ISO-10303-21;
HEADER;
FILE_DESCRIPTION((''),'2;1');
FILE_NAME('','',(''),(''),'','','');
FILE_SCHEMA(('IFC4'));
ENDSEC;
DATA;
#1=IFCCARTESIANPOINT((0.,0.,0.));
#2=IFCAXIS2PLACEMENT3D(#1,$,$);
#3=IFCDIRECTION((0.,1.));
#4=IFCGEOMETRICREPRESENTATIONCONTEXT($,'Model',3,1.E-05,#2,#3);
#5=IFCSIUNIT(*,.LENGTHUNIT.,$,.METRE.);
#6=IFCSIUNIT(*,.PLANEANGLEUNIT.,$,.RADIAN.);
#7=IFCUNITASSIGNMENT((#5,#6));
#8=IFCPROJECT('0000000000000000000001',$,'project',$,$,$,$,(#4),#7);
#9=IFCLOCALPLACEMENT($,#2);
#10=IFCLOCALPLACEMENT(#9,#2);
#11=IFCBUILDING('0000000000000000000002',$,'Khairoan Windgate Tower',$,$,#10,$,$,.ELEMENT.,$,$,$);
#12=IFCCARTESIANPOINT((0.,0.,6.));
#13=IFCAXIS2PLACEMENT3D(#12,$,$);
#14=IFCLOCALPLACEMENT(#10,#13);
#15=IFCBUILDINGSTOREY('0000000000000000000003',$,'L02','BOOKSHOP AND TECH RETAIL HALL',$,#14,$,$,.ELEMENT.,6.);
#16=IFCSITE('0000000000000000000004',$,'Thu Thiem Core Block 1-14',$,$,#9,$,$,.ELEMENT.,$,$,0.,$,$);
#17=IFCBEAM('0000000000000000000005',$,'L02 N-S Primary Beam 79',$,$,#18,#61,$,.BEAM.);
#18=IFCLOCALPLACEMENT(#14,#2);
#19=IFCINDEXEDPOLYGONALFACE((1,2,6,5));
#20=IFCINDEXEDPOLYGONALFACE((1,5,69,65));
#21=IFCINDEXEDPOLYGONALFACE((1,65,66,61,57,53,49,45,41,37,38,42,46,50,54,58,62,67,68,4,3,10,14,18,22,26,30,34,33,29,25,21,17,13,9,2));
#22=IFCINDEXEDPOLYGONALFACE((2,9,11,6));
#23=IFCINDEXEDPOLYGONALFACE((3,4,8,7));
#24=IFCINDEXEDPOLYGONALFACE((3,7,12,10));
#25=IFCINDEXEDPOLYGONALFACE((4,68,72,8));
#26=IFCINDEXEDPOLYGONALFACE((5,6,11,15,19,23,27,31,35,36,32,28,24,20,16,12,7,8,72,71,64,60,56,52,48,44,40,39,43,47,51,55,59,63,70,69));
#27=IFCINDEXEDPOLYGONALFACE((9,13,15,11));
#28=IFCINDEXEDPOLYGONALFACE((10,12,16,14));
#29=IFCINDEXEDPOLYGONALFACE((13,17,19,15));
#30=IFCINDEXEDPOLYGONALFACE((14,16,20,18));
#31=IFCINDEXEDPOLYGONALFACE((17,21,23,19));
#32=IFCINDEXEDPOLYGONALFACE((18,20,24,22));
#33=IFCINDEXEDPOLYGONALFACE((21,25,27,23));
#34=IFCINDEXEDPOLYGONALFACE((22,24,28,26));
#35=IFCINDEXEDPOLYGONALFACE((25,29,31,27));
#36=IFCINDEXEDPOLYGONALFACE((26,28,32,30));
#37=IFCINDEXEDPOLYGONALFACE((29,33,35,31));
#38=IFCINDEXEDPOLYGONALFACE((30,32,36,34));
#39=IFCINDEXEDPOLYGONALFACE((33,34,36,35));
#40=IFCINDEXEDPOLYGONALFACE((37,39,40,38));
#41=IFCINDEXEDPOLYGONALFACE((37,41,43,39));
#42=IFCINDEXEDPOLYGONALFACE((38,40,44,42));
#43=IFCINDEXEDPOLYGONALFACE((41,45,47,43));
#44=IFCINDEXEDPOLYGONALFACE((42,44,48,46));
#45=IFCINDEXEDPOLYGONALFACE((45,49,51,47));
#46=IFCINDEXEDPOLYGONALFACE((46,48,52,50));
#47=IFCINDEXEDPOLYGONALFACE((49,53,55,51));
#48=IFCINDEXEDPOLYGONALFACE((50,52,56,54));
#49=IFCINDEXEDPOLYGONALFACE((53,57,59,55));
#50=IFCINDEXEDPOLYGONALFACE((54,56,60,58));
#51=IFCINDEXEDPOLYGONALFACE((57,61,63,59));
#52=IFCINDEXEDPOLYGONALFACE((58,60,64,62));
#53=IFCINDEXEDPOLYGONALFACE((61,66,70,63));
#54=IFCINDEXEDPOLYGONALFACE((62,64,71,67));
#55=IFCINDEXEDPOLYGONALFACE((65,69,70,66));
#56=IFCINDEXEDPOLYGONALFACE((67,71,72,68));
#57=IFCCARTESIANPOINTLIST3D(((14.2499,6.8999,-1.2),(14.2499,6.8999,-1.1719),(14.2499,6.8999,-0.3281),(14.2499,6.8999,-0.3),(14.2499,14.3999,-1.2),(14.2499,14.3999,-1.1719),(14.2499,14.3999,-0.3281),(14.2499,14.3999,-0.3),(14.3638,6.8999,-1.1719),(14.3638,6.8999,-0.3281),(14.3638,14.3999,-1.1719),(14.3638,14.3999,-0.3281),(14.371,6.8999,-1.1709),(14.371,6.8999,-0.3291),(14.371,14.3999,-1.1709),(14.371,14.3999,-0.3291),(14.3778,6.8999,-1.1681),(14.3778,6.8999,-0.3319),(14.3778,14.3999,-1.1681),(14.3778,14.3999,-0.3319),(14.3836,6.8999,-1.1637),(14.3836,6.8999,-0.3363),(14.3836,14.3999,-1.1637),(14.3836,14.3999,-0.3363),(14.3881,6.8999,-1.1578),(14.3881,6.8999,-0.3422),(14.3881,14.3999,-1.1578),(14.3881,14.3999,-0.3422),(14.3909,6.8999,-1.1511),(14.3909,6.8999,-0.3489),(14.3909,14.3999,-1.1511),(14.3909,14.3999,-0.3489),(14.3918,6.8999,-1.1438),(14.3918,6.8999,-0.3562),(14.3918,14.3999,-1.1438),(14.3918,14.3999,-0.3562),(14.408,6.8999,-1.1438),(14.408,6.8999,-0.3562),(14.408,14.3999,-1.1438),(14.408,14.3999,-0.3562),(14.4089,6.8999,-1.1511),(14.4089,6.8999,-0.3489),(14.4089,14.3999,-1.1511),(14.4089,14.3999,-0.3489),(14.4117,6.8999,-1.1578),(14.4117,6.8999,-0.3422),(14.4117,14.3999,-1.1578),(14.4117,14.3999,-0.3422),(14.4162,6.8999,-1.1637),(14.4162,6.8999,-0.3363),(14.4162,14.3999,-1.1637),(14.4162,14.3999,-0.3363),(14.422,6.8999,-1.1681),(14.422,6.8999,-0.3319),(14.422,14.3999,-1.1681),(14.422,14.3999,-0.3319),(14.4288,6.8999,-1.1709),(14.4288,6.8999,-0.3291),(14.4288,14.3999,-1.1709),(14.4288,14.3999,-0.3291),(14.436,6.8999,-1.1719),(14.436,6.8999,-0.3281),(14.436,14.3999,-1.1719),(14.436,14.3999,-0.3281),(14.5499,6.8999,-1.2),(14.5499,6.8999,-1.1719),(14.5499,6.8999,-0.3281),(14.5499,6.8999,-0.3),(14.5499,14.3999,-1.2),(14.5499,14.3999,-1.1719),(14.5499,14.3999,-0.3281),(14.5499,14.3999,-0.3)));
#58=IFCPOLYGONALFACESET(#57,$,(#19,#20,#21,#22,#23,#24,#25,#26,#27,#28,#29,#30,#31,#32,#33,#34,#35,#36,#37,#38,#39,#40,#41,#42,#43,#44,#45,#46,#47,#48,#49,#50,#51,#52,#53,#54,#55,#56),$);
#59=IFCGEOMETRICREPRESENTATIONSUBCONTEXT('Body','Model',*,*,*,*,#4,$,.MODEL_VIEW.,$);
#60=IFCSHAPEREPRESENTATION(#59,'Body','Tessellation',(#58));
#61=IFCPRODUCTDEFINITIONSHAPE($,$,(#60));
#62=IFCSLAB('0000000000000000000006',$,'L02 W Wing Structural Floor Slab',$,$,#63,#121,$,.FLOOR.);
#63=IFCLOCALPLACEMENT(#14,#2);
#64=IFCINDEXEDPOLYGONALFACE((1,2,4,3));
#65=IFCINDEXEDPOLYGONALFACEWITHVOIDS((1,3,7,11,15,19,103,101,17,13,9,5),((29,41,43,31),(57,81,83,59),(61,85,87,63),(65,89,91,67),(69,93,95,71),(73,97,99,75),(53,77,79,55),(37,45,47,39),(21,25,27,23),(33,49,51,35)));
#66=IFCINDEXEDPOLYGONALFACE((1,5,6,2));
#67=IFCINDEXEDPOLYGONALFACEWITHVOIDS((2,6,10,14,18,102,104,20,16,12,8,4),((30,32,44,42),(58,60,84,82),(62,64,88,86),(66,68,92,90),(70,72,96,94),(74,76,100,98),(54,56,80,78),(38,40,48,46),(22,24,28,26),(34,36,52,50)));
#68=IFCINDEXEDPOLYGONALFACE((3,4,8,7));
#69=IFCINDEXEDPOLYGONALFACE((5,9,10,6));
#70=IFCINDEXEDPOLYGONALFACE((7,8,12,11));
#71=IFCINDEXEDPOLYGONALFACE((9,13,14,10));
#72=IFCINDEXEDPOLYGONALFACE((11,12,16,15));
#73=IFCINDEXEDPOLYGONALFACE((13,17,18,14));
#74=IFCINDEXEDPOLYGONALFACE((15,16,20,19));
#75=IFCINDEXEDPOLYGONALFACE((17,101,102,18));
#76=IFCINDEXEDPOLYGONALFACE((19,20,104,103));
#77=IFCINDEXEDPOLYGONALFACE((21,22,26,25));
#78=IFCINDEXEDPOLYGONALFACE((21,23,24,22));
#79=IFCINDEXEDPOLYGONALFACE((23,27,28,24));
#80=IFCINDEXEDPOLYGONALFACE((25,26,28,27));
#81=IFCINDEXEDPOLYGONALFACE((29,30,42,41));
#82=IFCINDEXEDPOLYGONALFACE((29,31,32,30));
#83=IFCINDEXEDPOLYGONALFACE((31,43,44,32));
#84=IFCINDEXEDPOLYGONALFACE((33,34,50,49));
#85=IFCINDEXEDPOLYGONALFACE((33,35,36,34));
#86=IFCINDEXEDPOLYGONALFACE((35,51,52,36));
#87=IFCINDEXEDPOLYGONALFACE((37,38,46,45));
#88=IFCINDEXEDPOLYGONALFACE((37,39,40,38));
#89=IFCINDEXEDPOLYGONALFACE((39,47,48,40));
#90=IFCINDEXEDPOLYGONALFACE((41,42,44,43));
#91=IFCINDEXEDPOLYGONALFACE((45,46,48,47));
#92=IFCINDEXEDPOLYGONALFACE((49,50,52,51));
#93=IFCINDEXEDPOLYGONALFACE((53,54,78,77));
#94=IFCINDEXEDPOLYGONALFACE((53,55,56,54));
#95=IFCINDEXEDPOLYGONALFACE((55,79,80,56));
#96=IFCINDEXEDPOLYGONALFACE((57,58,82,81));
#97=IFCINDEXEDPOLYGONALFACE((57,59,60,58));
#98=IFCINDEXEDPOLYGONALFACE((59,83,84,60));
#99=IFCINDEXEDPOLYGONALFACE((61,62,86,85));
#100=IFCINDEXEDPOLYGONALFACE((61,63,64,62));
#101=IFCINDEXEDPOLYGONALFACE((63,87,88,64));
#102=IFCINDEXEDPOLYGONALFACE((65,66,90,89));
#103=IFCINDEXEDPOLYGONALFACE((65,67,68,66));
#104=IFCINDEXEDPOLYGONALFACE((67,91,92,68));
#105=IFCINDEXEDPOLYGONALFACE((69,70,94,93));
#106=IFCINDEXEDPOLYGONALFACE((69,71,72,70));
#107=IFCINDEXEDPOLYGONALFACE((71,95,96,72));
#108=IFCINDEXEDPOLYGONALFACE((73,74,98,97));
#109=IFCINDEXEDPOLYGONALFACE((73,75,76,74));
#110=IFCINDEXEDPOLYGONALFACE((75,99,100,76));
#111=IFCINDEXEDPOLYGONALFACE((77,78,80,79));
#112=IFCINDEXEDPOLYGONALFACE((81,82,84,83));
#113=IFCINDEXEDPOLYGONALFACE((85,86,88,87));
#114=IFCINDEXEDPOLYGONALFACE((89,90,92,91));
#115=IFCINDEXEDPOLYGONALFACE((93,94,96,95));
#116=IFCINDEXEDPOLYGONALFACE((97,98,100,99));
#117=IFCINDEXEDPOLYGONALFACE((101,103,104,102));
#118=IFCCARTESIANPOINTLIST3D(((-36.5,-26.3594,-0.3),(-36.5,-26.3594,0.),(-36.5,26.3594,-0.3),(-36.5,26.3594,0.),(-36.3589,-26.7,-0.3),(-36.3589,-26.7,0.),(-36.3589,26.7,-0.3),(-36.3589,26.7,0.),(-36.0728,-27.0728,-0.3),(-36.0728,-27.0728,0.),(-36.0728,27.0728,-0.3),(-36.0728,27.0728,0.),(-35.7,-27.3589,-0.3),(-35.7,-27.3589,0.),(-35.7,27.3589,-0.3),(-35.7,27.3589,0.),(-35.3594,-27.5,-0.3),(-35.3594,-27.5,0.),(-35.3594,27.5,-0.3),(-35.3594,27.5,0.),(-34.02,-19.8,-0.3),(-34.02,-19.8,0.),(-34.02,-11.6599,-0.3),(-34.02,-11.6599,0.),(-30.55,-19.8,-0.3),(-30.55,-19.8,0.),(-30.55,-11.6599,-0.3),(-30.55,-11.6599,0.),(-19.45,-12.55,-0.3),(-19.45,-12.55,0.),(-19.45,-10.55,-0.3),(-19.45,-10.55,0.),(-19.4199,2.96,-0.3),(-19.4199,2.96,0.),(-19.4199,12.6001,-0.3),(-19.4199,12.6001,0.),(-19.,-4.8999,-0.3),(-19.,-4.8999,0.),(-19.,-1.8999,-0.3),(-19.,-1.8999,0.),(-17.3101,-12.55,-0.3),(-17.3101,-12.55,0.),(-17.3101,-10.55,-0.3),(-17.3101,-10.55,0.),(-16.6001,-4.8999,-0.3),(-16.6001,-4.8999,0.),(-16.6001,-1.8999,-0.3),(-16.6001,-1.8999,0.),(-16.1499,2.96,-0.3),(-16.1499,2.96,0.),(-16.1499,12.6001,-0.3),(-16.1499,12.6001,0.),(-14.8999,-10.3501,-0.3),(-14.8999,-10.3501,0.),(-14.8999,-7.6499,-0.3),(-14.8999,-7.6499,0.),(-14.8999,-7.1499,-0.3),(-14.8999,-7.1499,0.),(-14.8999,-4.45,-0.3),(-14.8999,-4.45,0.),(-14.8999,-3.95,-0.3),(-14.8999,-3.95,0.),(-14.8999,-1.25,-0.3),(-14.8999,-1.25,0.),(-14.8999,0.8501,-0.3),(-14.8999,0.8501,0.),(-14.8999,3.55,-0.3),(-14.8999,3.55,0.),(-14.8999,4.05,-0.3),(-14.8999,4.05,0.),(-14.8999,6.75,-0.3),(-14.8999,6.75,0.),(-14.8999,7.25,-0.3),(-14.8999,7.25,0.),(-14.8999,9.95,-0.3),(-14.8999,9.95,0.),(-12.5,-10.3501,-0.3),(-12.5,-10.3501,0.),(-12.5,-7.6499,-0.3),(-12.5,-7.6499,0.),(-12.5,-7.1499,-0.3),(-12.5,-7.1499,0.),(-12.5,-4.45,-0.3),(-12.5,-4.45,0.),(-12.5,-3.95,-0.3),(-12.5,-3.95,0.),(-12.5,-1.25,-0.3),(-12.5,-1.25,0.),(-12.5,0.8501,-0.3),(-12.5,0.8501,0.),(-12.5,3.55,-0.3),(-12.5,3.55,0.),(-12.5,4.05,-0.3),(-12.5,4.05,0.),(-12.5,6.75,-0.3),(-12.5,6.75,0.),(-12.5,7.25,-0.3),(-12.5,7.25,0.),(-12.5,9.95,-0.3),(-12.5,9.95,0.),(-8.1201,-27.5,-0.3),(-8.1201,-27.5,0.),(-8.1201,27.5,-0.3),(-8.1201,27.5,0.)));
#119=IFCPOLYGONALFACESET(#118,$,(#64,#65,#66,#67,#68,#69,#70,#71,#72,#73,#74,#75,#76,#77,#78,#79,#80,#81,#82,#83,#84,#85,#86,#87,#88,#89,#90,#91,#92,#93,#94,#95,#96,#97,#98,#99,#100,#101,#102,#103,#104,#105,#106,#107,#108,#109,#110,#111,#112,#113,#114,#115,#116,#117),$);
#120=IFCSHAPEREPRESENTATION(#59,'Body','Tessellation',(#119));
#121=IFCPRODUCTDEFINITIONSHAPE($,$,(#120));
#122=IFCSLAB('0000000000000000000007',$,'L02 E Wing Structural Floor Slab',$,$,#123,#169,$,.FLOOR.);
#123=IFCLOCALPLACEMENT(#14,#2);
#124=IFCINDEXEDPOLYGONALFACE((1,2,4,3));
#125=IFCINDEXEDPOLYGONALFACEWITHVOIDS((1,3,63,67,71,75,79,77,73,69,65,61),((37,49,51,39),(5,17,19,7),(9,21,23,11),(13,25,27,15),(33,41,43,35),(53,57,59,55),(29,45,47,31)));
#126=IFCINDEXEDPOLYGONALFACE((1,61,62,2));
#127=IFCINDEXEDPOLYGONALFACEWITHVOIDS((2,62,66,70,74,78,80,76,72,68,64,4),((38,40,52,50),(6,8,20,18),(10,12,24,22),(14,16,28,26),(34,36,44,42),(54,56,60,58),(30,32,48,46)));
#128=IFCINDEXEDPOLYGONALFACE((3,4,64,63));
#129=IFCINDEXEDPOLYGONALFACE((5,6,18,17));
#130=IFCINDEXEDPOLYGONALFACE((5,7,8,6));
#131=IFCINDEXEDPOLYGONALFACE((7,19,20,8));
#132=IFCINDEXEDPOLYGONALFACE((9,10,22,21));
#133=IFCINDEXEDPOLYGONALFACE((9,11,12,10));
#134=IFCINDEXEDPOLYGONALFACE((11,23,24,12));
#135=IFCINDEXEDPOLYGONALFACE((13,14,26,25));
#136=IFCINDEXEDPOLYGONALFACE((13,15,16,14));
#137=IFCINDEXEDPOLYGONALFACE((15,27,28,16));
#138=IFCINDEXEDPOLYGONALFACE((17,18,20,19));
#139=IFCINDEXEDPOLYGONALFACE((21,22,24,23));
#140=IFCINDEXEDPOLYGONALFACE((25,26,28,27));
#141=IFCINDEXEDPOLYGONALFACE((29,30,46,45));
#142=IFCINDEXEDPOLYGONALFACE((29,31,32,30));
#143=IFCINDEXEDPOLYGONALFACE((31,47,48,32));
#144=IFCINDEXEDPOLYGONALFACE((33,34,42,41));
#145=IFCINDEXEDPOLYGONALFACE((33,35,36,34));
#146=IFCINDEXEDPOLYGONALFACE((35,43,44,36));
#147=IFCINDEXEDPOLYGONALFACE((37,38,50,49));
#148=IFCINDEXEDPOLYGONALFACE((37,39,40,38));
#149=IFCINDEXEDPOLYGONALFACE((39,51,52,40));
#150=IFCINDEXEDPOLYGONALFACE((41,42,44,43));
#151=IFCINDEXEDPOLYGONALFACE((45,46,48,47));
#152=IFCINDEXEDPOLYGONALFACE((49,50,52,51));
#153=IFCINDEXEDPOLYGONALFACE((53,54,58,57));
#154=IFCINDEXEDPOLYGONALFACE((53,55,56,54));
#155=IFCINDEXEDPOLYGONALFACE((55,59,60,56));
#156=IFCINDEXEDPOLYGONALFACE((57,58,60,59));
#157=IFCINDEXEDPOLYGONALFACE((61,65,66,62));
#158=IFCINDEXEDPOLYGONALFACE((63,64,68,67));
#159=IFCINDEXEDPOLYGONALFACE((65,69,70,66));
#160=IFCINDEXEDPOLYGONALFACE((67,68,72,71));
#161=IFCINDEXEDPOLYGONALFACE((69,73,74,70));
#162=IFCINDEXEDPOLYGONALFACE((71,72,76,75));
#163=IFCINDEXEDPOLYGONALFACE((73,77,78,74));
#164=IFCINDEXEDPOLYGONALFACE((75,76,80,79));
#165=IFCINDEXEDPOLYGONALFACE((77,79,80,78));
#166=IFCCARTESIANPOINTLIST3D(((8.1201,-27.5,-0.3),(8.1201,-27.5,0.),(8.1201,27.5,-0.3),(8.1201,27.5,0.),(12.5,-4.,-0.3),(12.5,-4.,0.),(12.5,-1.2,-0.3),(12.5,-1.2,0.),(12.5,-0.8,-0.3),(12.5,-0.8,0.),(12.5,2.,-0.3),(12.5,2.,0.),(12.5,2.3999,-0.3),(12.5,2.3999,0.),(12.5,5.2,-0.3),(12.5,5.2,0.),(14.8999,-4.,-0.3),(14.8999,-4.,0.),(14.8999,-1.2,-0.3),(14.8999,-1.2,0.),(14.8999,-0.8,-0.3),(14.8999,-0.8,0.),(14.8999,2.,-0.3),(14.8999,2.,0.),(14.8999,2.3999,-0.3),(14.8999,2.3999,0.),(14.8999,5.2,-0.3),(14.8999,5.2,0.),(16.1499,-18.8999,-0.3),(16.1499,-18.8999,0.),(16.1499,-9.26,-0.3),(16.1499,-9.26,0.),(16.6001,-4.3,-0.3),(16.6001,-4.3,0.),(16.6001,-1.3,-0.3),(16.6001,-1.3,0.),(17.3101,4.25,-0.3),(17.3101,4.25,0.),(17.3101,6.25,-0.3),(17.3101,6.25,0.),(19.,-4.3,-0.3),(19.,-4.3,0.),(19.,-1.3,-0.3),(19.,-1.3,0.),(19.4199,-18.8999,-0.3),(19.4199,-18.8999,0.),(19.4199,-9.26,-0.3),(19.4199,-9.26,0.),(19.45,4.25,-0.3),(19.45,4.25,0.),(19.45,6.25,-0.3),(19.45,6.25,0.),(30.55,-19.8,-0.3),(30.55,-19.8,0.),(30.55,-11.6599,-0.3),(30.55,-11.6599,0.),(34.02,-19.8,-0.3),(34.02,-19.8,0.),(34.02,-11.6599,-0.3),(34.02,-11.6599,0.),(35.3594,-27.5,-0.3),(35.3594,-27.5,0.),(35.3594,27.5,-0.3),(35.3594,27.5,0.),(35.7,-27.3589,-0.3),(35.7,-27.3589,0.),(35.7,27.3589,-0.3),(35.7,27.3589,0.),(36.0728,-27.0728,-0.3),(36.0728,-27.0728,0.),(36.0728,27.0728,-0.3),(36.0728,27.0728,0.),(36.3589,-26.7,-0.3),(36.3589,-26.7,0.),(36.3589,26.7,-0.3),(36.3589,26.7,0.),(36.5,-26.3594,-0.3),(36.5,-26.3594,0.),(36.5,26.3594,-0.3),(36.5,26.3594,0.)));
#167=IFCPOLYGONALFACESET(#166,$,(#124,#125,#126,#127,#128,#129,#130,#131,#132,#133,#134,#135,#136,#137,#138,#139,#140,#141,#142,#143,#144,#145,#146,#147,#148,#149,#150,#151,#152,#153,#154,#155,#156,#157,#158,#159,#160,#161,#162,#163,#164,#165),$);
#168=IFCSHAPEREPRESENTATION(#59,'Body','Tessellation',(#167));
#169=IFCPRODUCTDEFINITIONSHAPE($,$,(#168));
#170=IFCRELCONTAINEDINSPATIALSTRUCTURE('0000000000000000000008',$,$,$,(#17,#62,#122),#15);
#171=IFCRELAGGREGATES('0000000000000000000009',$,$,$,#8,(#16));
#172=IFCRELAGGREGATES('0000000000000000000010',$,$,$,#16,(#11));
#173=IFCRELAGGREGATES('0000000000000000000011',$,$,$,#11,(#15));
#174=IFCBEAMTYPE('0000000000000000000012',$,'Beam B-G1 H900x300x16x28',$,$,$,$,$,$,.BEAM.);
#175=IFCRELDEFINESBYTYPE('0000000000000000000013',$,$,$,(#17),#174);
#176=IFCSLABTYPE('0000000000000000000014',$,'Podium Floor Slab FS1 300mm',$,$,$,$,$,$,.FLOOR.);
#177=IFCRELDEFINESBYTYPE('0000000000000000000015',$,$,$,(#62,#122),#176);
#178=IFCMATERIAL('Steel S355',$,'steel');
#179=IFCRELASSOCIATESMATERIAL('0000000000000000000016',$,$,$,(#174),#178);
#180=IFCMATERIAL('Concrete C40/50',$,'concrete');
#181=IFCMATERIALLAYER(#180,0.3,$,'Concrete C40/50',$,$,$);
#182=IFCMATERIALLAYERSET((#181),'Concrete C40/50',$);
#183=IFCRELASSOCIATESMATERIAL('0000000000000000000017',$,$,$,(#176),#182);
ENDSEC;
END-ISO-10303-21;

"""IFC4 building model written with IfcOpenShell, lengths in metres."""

from ifc_helpers import new_model, si_unit, direction, frame, origin, origin_2d, place, context, subcontext, project, spatial, polyline, i_section, outline, extrude, material, layer, layer_set, material_profile, profile_set, type_object, element, save


model = new_model("IFC4")

# Units and contexts
model_context = context("Model", 3, precision=1e-05, world=origin(), true_north=direction((0.0, 1.0)))
body_context = subcontext(model_context, "Body", "Model", "MODEL_VIEW")
ifc_project = project(units=[si_unit("LENGTHUNIT", "METRE"), si_unit("PLANEANGLEUNIT", "RADIAN")], contexts=[model_context])

# Site, building, storey
site_placement = place(None, origin())
site = spatial("IfcSite", under=ifc_project, at=site_placement, Name="Thu Thiem Core Block 1-14", CompositionType="ELEMENT", RefElevation=0.0)
building_placement = place(site_placement, origin())
building = spatial("IfcBuilding", under=site, at=building_placement, Name="Khairoan Windgate Tower", CompositionType="ELEMENT")
storey_placement = place(building_placement, frame((0.0, 0.0, 6.0)))
storey = spatial("IfcBuildingStorey", under=building, at=storey_placement, Name="L02", Description="BOOKSHOP AND TECH RETAIL HALL", CompositionType="ELEMENT", Elevation=6.0)

# Beam
ifc_material_1 = material(Name="Steel S355", Category="steel")
ifc_material_profile_1 = material_profile(ifc_material_1, i_section(OverallWidth=0.3, OverallDepth=0.8999, WebThickness=0.0161, FlangeThickness=0.0281, FilletRadius=0.0281, at=origin_2d()))
ifc_profile_set_1 = profile_set([ifc_material_profile_1], Name="Steel S355")
beam_type = type_object("IfcBeamType", Name="Beam B-G1 H900x300x16x28", PredefinedType="BEAM", material=ifc_profile_set_1)
beam_1_placement = place(storey_placement, frame((14.3999, 6.8999, -0.75), z_axis=(0.0, 1.0, 0.0), x_axis=(-1.0, 0.0, 0.0)))
element("IfcBeam", 1, at=beam_1_placement, inside=storey, type_object=beam_type, Name="L02 N-S Primary Beam 79", PredefinedType="BEAM", context=body_context, shape_type="SweptSolid", body=[
    extrude(i_section(OverallWidth=0.3, OverallDepth=0.8999, WebThickness=0.0161, FlangeThickness=0.0281, FilletRadius=0.0281, at=origin_2d()), origin(), (0.0, 0.0, 1.0), 7.5),
])

# Slabs
ifc_material_2 = material(Name="Concrete C40/50", Category="concrete")
ifc_layer_1 = layer(ifc_material_2, 0.3, Name="Concrete C40/50")
ifc_layer_set_1 = layer_set([ifc_layer_1], Name="Concrete C40/50")
slab_type_1 = type_object("IfcSlabType", Name="Podium Floor Slab FS1 300mm", PredefinedType="FLOOR", material=ifc_layer_set_1)
slab_1_placement = place(storey_placement, frame((0.0, 0.0, -0.3)))
element("IfcSlab", 2, at=slab_1_placement, inside=storey, type_object=slab_type_1, Name="L02 W Wing Structural Floor Slab", PredefinedType="FLOOR", context=body_context, shape_type="SweptSolid", body=[
    extrude(outline(polyline([(-36.3589, 26.7), (-36.0728, 27.0728), (-35.7, 27.3589), (-35.3594, 27.5), (-8.1201, 27.5), (-8.1201, -27.5), (-35.3594, -27.5), (-35.7, -27.3589), (-36.0728, -27.0728), (-36.3589, -26.7), (-36.5, -26.3594), (-36.5, 26.3594), (-36.3589, 26.7)]), holes=[polyline([(-16.1499, 2.96), (-16.1499, 12.6001), (-19.4199, 12.6001), (-19.4199, 2.96), (-16.1499, 2.96)]), polyline([(-34.02, -11.6599), (-34.02, -19.8), (-30.55, -19.8), (-30.55, -11.6599), (-34.02, -11.6599)]), polyline([(-14.8999, 7.25), (-12.5, 7.25), (-12.5, 9.95), (-14.8999, 9.95), (-14.8999, 7.25)]), polyline([(-14.8999, 4.05), (-12.5, 4.05), (-12.5, 6.75), (-14.8999, 6.75), (-14.8999, 4.05)]), polyline([(-14.8999, 0.8501), (-12.5, 0.8501), (-12.5, 3.55), (-14.8999, 3.55), (-14.8999, 0.8501)]), polyline([(-14.8999, -3.95), (-12.5, -3.95), (-12.5, -1.25), (-14.8999, -1.25), (-14.8999, -3.95)]), polyline([(-14.8999, -7.1499), (-12.5, -7.1499), (-12.5, -4.45), (-14.8999, -4.45), (-14.8999, -7.1499)]), polyline([(-14.8999, -10.3501), (-12.5, -10.3501), (-12.5, -7.6499), (-14.8999, -7.6499), (-14.8999, -10.3501)]), polyline([(-19.0, -4.8999), (-16.6001, -4.8999), (-16.6001, -1.8999), (-19.0, -1.8999), (-19.0, -4.8999)]), polyline([(-19.45, -12.55), (-17.3101, -12.55), (-17.3101, -10.55), (-19.45, -10.55), (-19.45, -12.55)])]), origin(), (0.0, 0.0, 1.0), 0.3),
])
slab_2_placement = place(storey_placement, frame((0.0, 0.0, -0.3)))
element("IfcSlab", 3, at=slab_2_placement, inside=storey, type_object=slab_type_1, Name="L02 E Wing Structural Floor Slab", PredefinedType="FLOOR", context=body_context, shape_type="SweptSolid", body=[
    extrude(outline(polyline([(36.3589, -26.7), (36.0728, -27.0728), (35.7, -27.3589), (35.3594, -27.5), (8.1201, -27.5), (8.1201, 27.5), (35.3594, 27.5), (35.7, 27.3589), (36.0728, 27.0728), (36.3589, 26.7), (36.5, 26.3594), (36.5, -26.3594), (36.3589, -26.7)]), holes=[polyline([(16.1499, -9.26), (16.1499, -18.8999), (19.4199, -18.8999), (19.4199, -9.26), (16.1499, -9.26)]), polyline([(30.55, -11.6599), (30.55, -19.8), (34.02, -19.8), (34.02, -11.6599), (30.55, -11.6599)]), polyline([(12.5, 2.3999), (14.8999, 2.3999), (14.8999, 5.2), (12.5, 5.2), (12.5, 2.3999)]), polyline([(12.5, -0.8), (14.8999, -0.8), (14.8999, 2.0), (12.5, 2.0), (12.5, -0.8)]), polyline([(12.5, -4.0), (14.8999, -4.0), (14.8999, -1.2), (12.5, -1.2), (12.5, -4.0)]), polyline([(16.6001, -4.3), (19.0, -4.3), (19.0, -1.3), (16.6001, -1.3), (16.6001, -4.3)]), polyline([(17.3101, 4.25), (19.45, 4.25), (19.45, 6.25), (17.3101, 6.25), (17.3101, 4.25)])]), origin(), (0.0, 0.0, 1.0), 0.3),
])

save(model, "model.ifc")
